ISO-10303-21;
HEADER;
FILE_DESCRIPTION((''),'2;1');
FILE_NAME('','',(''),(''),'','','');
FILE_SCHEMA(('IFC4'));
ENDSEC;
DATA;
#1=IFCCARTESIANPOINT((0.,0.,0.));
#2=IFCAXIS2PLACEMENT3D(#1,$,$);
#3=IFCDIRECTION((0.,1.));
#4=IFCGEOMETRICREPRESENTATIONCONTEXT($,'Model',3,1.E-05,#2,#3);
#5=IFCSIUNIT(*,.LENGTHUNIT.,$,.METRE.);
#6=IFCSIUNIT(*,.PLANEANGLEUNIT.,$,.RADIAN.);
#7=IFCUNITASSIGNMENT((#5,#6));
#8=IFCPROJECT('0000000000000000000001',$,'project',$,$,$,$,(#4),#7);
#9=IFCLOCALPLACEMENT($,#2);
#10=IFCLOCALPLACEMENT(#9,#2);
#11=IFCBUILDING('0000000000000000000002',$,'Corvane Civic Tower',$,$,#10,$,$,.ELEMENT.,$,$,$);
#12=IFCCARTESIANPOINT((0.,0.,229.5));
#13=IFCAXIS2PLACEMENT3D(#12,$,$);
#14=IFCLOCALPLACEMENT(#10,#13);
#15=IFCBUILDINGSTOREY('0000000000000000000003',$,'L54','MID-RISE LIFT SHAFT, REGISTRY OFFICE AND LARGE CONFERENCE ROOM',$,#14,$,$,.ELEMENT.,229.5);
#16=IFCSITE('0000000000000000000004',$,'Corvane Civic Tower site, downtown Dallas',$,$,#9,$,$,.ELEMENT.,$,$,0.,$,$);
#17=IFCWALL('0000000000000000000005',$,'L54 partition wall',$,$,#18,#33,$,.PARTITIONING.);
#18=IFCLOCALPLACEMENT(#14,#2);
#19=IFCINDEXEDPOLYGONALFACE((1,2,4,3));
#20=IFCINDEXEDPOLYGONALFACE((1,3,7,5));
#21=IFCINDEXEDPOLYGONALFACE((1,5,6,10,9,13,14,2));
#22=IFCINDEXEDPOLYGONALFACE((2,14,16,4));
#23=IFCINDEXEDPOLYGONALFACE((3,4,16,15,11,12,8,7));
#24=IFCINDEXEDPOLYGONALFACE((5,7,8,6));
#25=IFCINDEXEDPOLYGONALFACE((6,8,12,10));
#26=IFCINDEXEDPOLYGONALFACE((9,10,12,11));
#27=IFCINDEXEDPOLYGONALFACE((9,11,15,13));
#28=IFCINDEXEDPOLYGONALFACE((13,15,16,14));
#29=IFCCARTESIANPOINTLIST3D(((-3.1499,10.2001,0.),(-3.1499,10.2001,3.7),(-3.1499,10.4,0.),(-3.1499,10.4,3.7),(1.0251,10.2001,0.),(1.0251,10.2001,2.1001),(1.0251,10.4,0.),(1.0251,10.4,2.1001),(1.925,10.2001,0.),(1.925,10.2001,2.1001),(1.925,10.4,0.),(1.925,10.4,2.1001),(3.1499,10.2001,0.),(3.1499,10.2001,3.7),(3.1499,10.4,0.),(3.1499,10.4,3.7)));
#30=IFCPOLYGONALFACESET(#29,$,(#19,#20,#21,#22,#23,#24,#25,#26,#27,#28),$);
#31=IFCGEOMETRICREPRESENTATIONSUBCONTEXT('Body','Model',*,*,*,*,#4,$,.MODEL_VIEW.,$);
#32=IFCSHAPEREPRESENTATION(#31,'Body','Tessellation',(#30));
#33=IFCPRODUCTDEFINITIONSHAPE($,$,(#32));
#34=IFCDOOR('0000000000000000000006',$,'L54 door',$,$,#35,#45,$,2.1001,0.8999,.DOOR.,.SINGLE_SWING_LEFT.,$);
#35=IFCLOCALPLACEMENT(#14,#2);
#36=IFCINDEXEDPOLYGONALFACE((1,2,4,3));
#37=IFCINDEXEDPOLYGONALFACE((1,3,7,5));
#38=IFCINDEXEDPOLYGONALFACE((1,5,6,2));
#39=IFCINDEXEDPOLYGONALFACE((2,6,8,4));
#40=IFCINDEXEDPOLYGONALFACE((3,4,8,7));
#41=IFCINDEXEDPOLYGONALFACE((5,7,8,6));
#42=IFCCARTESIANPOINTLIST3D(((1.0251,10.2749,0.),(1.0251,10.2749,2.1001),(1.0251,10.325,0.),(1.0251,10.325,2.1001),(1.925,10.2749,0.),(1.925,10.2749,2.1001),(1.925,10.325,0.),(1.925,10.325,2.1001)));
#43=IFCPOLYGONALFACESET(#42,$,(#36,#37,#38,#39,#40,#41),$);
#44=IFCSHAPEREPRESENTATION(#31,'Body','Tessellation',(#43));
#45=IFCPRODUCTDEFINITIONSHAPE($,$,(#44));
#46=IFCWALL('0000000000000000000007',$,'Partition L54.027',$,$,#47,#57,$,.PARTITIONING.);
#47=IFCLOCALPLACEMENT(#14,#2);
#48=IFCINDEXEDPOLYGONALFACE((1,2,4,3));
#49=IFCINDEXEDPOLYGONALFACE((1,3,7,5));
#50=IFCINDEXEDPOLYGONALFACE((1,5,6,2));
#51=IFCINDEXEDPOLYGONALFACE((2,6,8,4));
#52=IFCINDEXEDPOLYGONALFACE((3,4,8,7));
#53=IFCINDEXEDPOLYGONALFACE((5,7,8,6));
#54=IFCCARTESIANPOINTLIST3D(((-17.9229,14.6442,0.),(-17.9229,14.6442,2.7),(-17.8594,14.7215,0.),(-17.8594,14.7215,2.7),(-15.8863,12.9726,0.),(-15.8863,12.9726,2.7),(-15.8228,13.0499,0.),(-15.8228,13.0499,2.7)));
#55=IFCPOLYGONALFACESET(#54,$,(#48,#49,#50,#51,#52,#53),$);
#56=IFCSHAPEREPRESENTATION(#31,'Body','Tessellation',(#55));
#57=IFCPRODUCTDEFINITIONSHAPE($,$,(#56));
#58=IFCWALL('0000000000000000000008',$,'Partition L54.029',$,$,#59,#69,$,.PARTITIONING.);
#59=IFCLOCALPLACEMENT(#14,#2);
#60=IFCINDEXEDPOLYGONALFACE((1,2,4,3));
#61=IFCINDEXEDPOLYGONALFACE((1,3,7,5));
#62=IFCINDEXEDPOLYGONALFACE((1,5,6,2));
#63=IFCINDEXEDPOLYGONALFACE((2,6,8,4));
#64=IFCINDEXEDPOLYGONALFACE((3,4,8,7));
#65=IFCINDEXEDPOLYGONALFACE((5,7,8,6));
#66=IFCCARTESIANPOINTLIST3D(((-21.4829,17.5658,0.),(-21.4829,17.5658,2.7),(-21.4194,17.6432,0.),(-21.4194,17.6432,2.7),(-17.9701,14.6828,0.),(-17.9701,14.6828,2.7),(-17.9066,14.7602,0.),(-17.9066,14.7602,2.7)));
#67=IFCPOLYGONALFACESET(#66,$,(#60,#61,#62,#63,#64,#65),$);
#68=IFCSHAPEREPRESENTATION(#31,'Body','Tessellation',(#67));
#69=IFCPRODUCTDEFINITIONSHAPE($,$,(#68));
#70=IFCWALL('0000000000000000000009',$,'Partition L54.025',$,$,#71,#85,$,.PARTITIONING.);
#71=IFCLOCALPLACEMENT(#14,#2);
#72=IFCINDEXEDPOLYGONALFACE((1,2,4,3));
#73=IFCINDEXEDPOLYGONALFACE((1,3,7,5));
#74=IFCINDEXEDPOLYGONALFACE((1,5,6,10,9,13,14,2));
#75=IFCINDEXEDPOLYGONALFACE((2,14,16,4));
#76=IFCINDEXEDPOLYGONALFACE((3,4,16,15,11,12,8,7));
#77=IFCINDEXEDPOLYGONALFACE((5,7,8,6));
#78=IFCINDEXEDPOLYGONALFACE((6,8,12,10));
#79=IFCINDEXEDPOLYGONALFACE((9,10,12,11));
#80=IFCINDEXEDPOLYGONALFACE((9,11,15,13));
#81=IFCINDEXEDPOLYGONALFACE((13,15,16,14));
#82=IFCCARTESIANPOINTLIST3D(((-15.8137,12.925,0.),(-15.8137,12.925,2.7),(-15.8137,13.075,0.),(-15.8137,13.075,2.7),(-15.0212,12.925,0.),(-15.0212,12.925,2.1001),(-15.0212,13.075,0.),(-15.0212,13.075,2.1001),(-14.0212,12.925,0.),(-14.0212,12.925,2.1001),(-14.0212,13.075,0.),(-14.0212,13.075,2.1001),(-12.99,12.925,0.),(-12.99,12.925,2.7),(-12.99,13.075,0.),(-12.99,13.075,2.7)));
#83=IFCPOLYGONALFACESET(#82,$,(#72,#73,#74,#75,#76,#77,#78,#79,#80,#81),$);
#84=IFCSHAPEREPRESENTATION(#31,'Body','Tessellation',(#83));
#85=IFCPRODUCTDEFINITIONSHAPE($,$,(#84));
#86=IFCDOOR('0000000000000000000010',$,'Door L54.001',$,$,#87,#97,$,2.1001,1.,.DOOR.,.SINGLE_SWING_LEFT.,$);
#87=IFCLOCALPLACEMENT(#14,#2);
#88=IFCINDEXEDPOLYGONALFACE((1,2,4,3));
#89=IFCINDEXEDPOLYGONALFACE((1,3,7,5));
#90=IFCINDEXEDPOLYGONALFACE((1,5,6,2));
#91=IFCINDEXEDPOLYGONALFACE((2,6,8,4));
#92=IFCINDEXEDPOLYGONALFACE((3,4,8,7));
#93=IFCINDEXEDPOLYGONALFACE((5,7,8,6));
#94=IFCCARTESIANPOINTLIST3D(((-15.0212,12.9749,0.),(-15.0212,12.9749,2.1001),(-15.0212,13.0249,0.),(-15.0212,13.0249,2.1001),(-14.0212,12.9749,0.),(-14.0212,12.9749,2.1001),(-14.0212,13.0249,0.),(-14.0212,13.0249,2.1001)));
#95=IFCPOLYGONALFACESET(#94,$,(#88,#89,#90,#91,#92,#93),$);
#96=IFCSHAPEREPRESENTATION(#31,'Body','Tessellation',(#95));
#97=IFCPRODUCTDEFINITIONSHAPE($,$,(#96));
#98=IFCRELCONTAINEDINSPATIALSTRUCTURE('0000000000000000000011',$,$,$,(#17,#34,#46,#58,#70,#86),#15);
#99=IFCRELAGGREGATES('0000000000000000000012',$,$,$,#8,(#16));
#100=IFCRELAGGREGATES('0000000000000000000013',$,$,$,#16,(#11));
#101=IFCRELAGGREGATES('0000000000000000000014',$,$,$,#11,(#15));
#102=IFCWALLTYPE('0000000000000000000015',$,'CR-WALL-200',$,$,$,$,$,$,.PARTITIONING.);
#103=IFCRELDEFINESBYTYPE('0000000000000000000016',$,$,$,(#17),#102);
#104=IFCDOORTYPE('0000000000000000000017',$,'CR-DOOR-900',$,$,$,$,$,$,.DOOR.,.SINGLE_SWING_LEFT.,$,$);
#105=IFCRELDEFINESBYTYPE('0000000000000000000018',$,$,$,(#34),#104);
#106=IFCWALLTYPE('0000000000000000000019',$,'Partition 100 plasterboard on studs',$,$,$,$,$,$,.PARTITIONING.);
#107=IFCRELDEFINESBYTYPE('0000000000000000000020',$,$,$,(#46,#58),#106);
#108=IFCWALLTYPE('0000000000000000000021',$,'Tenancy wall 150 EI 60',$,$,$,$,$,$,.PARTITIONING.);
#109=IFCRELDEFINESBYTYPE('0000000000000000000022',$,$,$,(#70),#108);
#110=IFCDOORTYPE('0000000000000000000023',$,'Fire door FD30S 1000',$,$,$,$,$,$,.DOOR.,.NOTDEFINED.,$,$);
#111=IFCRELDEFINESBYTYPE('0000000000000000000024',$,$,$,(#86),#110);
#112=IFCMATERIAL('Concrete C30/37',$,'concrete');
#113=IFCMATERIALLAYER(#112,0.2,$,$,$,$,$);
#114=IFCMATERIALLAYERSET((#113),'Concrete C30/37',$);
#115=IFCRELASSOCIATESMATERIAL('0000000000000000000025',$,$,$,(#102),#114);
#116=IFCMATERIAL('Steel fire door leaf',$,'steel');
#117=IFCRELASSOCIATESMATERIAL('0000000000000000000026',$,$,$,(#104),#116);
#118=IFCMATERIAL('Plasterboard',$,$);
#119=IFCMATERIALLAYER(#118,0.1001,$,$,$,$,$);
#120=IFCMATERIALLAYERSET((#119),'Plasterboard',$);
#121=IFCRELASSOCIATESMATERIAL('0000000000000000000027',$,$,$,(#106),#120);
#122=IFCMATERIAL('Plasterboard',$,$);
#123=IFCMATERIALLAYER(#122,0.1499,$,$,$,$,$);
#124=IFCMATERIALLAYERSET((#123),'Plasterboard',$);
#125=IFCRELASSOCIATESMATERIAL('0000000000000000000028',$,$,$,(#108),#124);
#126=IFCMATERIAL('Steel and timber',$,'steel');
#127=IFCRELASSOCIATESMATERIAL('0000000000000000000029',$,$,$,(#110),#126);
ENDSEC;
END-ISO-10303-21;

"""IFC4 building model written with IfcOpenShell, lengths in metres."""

from ifc_helpers import new_model, si_unit, direction, frame, frame_2d, origin, place, context, subcontext, project, spatial, rectangle, extrude, material, layer, layer_set, type_object, element, fill, save


model = new_model("IFC4")

# Units and contexts
model_context = context("Model", 3, precision=1e-05, world=origin(), true_north=direction((0.0, 1.0)))
body_context = subcontext(model_context, "Body", "Model", "MODEL_VIEW")
ifc_project = project(units=[si_unit("LENGTHUNIT", "METRE"), si_unit("PLANEANGLEUNIT", "RADIAN")], contexts=[model_context])

# Site, building, storey
site_placement = place(None, origin())
site = spatial("IfcSite", under=ifc_project, at=site_placement, Name="Corvane Civic Tower site, downtown Dallas", CompositionType="ELEMENT", RefElevation=0.0)
building_placement = place(site_placement, origin())
building = spatial("IfcBuilding", under=site, at=building_placement, Name="Corvane Civic Tower", CompositionType="ELEMENT")
storey_placement = place(building_placement, frame((0.0, 0.0, 229.5)))
storey = spatial("IfcBuildingStorey", under=building, at=storey_placement, Name="L54", Description="MID-RISE LIFT SHAFT, REGISTRY OFFICE AND LARGE CONFERENCE ROOM", CompositionType="ELEMENT", Elevation=229.5)

# Wall, opening, door
ifc_material_1 = material(Name="Concrete C30/37", Category="concrete")
ifc_layer_1 = layer(ifc_material_1, 0.2)
ifc_layer_set_1 = layer_set([ifc_layer_1], Name="Concrete C30/37")
wall_type_1 = type_object("IfcWallType", Name="CR-WALL-200", PredefinedType="PARTITIONING", material=ifc_layer_set_1)
wall_1_placement = place(storey_placement, frame((-3.1499, 10.3, 0.0), z_axis=(0.0, 0.0, 1.0), x_axis=(1.0, 0.0, 0.0)))
wall_1 = element("IfcWall", 1, at=wall_1_placement, inside=storey, type_object=wall_type_1, Name="L54 partition wall", PredefinedType="PARTITIONING", context=body_context, shape_type="SweptSolid", body=[
    extrude(rectangle(XDim=6.2998, YDim=0.2, at=frame_2d((3.1499, 0.0))), origin(), (0.0, 0.0, 1.0), 3.7),
])
opening_1_placement = place(wall_1_placement, frame((4.175, 0.0, 0.0)))
opening_1 = element("IfcOpeningElement", 2, at=opening_1_placement, cuts=wall_1, PredefinedType="OPENING", context=body_context, shape_type="SweptSolid", body=[
    extrude(rectangle(XDim=0.8999, YDim=2.1001, at=frame_2d((0.45, 1.05))), frame((0.0, 0.1099, 0.0), z_axis=(0.0, -1.0, 0.0), x_axis=(1.0, 0.0, 0.0)), (0.0, 0.0, 1.0), 0.22),
])
ifc_material_2 = material(Name="Steel fire door leaf", Category="steel")
door_type_1 = type_object("IfcDoorType", Name="CR-DOOR-900", OperationType="SINGLE_SWING_LEFT", PredefinedType="DOOR", material=ifc_material_2)
door_1_placement = place(opening_1_placement, origin())
door_1 = element("IfcDoor", 3, at=door_1_placement, inside=storey, type_object=door_type_1, Name="L54 door", OperationType="SINGLE_SWING_LEFT", OverallHeight=2.1001, OverallWidth=0.8999, PredefinedType="DOOR", context=body_context, shape_type="SweptSolid", body=[
    extrude(rectangle(XDim=0.8999, YDim=2.1001, at=frame_2d((0.45, 1.05))), frame((0.0, 0.0249, 0.0), z_axis=(0.0, -1.0, 0.0), x_axis=(1.0, 0.0, 0.0)), (0.0, 0.0, 1.0), 0.05),
])
fill(opening_1, door_1)

# Walls
ifc_material_3 = material(Name="Plasterboard")
ifc_layer_2 = layer(ifc_material_3, 0.1001)
ifc_layer_set_2 = layer_set([ifc_layer_2], Name="Plasterboard")
wall_type_2 = type_object("IfcWallType", Name="Partition 100 plasterboard on studs", PredefinedType="PARTITIONING", material=ifc_layer_set_2)
wall_2_placement = place(storey_placement, frame((-17.8911, 14.6829, 0.0), z_axis=(0.0, 0.0, 1.0), x_axis=(0.77297, -0.634443, 0.0)))
element("IfcWall", 4, at=wall_2_placement, inside=storey, type_object=wall_type_2, Name="Partition L54.027", PredefinedType="PARTITIONING", context=body_context, shape_type="SweptSolid", body=[
    extrude(rectangle(XDim=2.6348, YDim=0.1001, at=frame_2d((1.3174, 0.0))), origin(), (0.0, 0.0, 1.0), 2.7),
])
wall_3_placement = place(storey_placement, frame((-21.4512, 17.6045, 0.0), z_axis=(0.0, 0.0, 1.0), x_axis=(0.773004, -0.634401, 0.0)))
element("IfcWall", 5, at=wall_3_placement, inside=storey, type_object=wall_type_2, Name="Partition L54.029", PredefinedType="PARTITIONING", context=body_context, shape_type="SweptSolid", body=[
    extrude(rectangle(XDim=4.5444, YDim=0.1001, at=frame_2d((2.2722, 0.0))), origin(), (0.0, 0.0, 1.0), 2.7),
])

# Wall, opening, door
ifc_material_4 = material(Name="Plasterboard")
ifc_layer_3 = layer(ifc_material_4, 0.1499)
ifc_layer_set_3 = layer_set([ifc_layer_3], Name="Plasterboard")
wall_type_3 = type_object("IfcWallType", Name="Tenancy wall 150 EI 60", PredefinedType="PARTITIONING", material=ifc_layer_set_3)
wall_4_placement = place(storey_placement, frame((-15.8137, 13.0, 0.0), z_axis=(0.0, 0.0, 1.0), x_axis=(1.0, 0.0, 0.0)))
wall_4 = element("IfcWall", 6, at=wall_4_placement, inside=storey, type_object=wall_type_3, Name="Partition L54.025", PredefinedType="PARTITIONING", context=body_context, shape_type="SweptSolid", body=[
    extrude(rectangle(XDim=2.8237, YDim=0.1499, at=frame_2d((1.4119, 0.0))), origin(), (0.0, 0.0, 1.0), 2.7),
])
opening_2_placement = place(wall_4_placement, frame((0.7925, 0.0, 0.0)))
opening_2 = element("IfcOpeningElement", 7, at=opening_2_placement, cuts=wall_4, PredefinedType="OPENING", context=body_context, shape_type="SweptSolid", body=[
    extrude(rectangle(XDim=1.0, YDim=2.1001, at=frame_2d((0.5, 1.05))), frame((0.0, 0.085, 0.0), z_axis=(0.0, -1.0, 0.0), x_axis=(1.0, 0.0, 0.0)), (0.0, 0.0, 1.0), 0.1699),
])
ifc_material_5 = material(Name="Steel and timber", Category="steel")
door_type_2 = type_object("IfcDoorType", Name="Fire door FD30S 1000", OperationType="NOTDEFINED", PredefinedType="DOOR", material=ifc_material_5)
door_2_placement = place(opening_2_placement, origin())
door_2 = element("IfcDoor", 8, at=door_2_placement, inside=storey, type_object=door_type_2, Name="Door L54.001", OperationType="SINGLE_SWING_LEFT", OverallHeight=2.1001, OverallWidth=1.0, PredefinedType="DOOR", context=body_context, shape_type="SweptSolid", body=[
    extrude(rectangle(XDim=1.0, YDim=2.1001, at=frame_2d((0.5, 1.05))), frame((0.0, 0.0249, 0.0), z_axis=(0.0, -1.0, 0.0), x_axis=(1.0, 0.0, 0.0)), (0.0, 0.0, 1.0), 0.05),
])
fill(opening_2, door_2)

save(model, "model.ifc")
